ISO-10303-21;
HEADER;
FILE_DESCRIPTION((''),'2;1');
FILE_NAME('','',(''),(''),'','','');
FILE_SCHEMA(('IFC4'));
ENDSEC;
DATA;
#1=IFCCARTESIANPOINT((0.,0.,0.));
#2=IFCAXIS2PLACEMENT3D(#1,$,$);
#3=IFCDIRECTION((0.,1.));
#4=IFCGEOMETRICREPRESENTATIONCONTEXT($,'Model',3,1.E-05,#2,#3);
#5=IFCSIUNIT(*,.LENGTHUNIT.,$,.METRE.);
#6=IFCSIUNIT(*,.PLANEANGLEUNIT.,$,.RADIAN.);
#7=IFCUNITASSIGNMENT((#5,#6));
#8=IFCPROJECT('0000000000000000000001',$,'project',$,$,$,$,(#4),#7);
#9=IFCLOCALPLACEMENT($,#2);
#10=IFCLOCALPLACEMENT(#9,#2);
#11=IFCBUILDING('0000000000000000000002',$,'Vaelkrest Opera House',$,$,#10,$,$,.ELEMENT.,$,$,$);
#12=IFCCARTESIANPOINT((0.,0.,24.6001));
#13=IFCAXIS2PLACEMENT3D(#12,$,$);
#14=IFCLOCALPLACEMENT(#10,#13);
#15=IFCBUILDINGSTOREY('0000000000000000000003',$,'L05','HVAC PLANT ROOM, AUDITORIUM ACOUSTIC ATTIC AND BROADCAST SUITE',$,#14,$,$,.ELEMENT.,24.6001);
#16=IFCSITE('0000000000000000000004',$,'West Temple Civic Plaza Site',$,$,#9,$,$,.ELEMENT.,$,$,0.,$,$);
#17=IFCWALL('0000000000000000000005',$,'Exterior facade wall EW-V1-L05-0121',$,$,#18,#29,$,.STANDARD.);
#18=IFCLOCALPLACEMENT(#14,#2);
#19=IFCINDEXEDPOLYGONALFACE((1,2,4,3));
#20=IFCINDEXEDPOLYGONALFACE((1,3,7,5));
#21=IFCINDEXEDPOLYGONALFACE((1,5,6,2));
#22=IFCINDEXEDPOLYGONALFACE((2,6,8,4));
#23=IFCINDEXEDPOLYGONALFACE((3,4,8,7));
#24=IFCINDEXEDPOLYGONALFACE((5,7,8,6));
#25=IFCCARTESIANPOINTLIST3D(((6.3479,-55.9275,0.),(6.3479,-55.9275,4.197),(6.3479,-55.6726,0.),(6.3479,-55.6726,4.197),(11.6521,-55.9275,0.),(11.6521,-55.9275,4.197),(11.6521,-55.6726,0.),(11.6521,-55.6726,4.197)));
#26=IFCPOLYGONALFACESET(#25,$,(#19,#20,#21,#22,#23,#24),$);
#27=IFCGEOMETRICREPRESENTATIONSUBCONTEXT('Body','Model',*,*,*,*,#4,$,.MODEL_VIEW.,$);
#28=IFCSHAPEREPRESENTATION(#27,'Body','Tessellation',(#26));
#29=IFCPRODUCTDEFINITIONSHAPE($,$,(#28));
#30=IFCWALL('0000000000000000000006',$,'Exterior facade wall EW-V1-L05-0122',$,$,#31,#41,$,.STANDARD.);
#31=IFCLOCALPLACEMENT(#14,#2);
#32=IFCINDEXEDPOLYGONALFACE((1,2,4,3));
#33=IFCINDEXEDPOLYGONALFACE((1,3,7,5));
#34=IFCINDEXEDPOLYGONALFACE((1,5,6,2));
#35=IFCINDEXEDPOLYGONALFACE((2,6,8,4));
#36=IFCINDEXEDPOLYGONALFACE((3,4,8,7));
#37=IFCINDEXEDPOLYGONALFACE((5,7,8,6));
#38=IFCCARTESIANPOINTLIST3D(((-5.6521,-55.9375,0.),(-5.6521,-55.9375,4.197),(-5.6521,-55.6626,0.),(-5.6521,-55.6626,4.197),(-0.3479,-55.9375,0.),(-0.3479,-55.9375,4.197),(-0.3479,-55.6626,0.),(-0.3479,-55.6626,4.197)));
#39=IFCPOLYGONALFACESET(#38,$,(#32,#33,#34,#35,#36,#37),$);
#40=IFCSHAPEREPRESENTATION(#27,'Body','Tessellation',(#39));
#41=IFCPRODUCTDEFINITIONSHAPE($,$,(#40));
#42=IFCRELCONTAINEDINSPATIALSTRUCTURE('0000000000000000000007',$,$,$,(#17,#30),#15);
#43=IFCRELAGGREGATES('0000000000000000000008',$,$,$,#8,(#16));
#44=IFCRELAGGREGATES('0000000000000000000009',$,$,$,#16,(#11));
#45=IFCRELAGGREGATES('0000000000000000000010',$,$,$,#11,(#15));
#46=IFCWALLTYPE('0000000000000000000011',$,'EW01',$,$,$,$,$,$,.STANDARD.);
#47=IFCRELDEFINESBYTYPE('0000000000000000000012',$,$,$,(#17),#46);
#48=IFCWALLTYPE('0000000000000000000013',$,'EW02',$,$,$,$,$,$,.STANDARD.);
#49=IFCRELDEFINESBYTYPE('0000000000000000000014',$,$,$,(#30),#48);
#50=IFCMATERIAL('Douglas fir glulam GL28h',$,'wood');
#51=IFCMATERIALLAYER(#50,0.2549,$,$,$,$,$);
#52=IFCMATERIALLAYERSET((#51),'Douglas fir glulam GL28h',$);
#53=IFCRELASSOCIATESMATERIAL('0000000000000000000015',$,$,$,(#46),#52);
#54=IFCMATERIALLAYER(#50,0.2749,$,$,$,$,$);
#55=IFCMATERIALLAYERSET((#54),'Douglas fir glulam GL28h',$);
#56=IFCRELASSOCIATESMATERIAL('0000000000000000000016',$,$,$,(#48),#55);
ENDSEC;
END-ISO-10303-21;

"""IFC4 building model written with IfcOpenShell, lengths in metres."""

from ifc_helpers import new_model, si_unit, direction, frame, frame_2d, origin, place, context, subcontext, project, spatial, rectangle, extrude, material, layer, layer_set, type_object, element, save


model = new_model("IFC4")

# Units and contexts
model_context = context("Model", 3, precision=1e-05, world=origin(), true_north=direction((0.0, 1.0)))
body_context = subcontext(model_context, "Body", "Model", "MODEL_VIEW")
ifc_project = project(units=[si_unit("LENGTHUNIT", "METRE"), si_unit("PLANEANGLEUNIT", "RADIAN")], contexts=[model_context])

# Site, building, storey
site_placement = place(None, origin())
site = spatial("IfcSite", under=ifc_project, at=site_placement, Name="West Temple Civic Plaza Site", CompositionType="ELEMENT", RefElevation=0.0)
building_placement = place(site_placement, origin())
building = spatial("IfcBuilding", under=site, at=building_placement, Name="Vaelkrest Opera House", CompositionType="ELEMENT")
storey_placement = place(building_placement, frame((0.0, 0.0, 24.6001)))
storey = spatial("IfcBuildingStorey", under=building, at=storey_placement, Name="L05", Description="HVAC PLANT ROOM, AUDITORIUM ACOUSTIC ATTIC AND BROADCAST SUITE", CompositionType="ELEMENT", Elevation=24.6001)

# Walls
ifc_material_1 = material(Name="Douglas fir glulam GL28h", Category="wood")
ifc_layer_1 = layer(ifc_material_1, 0.2549)
ifc_layer_set_1 = layer_set([ifc_layer_1], Name="Douglas fir glulam GL28h")
wall_type_1 = type_object("IfcWallType", Name="EW01", PredefinedType="STANDARD", material=ifc_layer_set_1)
wall_1_placement = place(storey_placement, frame((11.6521, -55.8, 0.0), z_axis=(0.0, 0.0, 1.0), x_axis=(-1.0, 0.0, 0.0)))
element("IfcWall", 1, at=wall_1_placement, inside=storey, type_object=wall_type_1, Name="Exterior facade wall EW-V1-L05-0121", PredefinedType="STANDARD", context=body_context, shape_type="SweptSolid", body=[
    extrude(rectangle(XDim=5.3042, YDim=0.2549, at=frame_2d((2.6521, 0.0))), origin(), (0.0, 0.0, 1.0), 4.197),
])
ifc_layer_2 = layer(ifc_material_1, 0.2749)
ifc_layer_set_2 = layer_set([ifc_layer_2], Name="Douglas fir glulam GL28h")
wall_type_2 = type_object("IfcWallType", Name="EW02", PredefinedType="STANDARD", material=ifc_layer_set_2)
wall_2_placement = place(storey_placement, frame((-0.3479, -55.8, 0.0), z_axis=(0.0, 0.0, 1.0), x_axis=(-1.0, 0.0, 0.0)))
element("IfcWall", 2, at=wall_2_placement, inside=storey, type_object=wall_type_2, Name="Exterior facade wall EW-V1-L05-0122", PredefinedType="STANDARD", context=body_context, shape_type="SweptSolid", body=[
    extrude(rectangle(XDim=5.3042, YDim=0.2749, at=frame_2d((2.6521, 0.0))), origin(), (0.0, 0.0, 1.0), 4.197),
])

save(model, "model.ifc")
